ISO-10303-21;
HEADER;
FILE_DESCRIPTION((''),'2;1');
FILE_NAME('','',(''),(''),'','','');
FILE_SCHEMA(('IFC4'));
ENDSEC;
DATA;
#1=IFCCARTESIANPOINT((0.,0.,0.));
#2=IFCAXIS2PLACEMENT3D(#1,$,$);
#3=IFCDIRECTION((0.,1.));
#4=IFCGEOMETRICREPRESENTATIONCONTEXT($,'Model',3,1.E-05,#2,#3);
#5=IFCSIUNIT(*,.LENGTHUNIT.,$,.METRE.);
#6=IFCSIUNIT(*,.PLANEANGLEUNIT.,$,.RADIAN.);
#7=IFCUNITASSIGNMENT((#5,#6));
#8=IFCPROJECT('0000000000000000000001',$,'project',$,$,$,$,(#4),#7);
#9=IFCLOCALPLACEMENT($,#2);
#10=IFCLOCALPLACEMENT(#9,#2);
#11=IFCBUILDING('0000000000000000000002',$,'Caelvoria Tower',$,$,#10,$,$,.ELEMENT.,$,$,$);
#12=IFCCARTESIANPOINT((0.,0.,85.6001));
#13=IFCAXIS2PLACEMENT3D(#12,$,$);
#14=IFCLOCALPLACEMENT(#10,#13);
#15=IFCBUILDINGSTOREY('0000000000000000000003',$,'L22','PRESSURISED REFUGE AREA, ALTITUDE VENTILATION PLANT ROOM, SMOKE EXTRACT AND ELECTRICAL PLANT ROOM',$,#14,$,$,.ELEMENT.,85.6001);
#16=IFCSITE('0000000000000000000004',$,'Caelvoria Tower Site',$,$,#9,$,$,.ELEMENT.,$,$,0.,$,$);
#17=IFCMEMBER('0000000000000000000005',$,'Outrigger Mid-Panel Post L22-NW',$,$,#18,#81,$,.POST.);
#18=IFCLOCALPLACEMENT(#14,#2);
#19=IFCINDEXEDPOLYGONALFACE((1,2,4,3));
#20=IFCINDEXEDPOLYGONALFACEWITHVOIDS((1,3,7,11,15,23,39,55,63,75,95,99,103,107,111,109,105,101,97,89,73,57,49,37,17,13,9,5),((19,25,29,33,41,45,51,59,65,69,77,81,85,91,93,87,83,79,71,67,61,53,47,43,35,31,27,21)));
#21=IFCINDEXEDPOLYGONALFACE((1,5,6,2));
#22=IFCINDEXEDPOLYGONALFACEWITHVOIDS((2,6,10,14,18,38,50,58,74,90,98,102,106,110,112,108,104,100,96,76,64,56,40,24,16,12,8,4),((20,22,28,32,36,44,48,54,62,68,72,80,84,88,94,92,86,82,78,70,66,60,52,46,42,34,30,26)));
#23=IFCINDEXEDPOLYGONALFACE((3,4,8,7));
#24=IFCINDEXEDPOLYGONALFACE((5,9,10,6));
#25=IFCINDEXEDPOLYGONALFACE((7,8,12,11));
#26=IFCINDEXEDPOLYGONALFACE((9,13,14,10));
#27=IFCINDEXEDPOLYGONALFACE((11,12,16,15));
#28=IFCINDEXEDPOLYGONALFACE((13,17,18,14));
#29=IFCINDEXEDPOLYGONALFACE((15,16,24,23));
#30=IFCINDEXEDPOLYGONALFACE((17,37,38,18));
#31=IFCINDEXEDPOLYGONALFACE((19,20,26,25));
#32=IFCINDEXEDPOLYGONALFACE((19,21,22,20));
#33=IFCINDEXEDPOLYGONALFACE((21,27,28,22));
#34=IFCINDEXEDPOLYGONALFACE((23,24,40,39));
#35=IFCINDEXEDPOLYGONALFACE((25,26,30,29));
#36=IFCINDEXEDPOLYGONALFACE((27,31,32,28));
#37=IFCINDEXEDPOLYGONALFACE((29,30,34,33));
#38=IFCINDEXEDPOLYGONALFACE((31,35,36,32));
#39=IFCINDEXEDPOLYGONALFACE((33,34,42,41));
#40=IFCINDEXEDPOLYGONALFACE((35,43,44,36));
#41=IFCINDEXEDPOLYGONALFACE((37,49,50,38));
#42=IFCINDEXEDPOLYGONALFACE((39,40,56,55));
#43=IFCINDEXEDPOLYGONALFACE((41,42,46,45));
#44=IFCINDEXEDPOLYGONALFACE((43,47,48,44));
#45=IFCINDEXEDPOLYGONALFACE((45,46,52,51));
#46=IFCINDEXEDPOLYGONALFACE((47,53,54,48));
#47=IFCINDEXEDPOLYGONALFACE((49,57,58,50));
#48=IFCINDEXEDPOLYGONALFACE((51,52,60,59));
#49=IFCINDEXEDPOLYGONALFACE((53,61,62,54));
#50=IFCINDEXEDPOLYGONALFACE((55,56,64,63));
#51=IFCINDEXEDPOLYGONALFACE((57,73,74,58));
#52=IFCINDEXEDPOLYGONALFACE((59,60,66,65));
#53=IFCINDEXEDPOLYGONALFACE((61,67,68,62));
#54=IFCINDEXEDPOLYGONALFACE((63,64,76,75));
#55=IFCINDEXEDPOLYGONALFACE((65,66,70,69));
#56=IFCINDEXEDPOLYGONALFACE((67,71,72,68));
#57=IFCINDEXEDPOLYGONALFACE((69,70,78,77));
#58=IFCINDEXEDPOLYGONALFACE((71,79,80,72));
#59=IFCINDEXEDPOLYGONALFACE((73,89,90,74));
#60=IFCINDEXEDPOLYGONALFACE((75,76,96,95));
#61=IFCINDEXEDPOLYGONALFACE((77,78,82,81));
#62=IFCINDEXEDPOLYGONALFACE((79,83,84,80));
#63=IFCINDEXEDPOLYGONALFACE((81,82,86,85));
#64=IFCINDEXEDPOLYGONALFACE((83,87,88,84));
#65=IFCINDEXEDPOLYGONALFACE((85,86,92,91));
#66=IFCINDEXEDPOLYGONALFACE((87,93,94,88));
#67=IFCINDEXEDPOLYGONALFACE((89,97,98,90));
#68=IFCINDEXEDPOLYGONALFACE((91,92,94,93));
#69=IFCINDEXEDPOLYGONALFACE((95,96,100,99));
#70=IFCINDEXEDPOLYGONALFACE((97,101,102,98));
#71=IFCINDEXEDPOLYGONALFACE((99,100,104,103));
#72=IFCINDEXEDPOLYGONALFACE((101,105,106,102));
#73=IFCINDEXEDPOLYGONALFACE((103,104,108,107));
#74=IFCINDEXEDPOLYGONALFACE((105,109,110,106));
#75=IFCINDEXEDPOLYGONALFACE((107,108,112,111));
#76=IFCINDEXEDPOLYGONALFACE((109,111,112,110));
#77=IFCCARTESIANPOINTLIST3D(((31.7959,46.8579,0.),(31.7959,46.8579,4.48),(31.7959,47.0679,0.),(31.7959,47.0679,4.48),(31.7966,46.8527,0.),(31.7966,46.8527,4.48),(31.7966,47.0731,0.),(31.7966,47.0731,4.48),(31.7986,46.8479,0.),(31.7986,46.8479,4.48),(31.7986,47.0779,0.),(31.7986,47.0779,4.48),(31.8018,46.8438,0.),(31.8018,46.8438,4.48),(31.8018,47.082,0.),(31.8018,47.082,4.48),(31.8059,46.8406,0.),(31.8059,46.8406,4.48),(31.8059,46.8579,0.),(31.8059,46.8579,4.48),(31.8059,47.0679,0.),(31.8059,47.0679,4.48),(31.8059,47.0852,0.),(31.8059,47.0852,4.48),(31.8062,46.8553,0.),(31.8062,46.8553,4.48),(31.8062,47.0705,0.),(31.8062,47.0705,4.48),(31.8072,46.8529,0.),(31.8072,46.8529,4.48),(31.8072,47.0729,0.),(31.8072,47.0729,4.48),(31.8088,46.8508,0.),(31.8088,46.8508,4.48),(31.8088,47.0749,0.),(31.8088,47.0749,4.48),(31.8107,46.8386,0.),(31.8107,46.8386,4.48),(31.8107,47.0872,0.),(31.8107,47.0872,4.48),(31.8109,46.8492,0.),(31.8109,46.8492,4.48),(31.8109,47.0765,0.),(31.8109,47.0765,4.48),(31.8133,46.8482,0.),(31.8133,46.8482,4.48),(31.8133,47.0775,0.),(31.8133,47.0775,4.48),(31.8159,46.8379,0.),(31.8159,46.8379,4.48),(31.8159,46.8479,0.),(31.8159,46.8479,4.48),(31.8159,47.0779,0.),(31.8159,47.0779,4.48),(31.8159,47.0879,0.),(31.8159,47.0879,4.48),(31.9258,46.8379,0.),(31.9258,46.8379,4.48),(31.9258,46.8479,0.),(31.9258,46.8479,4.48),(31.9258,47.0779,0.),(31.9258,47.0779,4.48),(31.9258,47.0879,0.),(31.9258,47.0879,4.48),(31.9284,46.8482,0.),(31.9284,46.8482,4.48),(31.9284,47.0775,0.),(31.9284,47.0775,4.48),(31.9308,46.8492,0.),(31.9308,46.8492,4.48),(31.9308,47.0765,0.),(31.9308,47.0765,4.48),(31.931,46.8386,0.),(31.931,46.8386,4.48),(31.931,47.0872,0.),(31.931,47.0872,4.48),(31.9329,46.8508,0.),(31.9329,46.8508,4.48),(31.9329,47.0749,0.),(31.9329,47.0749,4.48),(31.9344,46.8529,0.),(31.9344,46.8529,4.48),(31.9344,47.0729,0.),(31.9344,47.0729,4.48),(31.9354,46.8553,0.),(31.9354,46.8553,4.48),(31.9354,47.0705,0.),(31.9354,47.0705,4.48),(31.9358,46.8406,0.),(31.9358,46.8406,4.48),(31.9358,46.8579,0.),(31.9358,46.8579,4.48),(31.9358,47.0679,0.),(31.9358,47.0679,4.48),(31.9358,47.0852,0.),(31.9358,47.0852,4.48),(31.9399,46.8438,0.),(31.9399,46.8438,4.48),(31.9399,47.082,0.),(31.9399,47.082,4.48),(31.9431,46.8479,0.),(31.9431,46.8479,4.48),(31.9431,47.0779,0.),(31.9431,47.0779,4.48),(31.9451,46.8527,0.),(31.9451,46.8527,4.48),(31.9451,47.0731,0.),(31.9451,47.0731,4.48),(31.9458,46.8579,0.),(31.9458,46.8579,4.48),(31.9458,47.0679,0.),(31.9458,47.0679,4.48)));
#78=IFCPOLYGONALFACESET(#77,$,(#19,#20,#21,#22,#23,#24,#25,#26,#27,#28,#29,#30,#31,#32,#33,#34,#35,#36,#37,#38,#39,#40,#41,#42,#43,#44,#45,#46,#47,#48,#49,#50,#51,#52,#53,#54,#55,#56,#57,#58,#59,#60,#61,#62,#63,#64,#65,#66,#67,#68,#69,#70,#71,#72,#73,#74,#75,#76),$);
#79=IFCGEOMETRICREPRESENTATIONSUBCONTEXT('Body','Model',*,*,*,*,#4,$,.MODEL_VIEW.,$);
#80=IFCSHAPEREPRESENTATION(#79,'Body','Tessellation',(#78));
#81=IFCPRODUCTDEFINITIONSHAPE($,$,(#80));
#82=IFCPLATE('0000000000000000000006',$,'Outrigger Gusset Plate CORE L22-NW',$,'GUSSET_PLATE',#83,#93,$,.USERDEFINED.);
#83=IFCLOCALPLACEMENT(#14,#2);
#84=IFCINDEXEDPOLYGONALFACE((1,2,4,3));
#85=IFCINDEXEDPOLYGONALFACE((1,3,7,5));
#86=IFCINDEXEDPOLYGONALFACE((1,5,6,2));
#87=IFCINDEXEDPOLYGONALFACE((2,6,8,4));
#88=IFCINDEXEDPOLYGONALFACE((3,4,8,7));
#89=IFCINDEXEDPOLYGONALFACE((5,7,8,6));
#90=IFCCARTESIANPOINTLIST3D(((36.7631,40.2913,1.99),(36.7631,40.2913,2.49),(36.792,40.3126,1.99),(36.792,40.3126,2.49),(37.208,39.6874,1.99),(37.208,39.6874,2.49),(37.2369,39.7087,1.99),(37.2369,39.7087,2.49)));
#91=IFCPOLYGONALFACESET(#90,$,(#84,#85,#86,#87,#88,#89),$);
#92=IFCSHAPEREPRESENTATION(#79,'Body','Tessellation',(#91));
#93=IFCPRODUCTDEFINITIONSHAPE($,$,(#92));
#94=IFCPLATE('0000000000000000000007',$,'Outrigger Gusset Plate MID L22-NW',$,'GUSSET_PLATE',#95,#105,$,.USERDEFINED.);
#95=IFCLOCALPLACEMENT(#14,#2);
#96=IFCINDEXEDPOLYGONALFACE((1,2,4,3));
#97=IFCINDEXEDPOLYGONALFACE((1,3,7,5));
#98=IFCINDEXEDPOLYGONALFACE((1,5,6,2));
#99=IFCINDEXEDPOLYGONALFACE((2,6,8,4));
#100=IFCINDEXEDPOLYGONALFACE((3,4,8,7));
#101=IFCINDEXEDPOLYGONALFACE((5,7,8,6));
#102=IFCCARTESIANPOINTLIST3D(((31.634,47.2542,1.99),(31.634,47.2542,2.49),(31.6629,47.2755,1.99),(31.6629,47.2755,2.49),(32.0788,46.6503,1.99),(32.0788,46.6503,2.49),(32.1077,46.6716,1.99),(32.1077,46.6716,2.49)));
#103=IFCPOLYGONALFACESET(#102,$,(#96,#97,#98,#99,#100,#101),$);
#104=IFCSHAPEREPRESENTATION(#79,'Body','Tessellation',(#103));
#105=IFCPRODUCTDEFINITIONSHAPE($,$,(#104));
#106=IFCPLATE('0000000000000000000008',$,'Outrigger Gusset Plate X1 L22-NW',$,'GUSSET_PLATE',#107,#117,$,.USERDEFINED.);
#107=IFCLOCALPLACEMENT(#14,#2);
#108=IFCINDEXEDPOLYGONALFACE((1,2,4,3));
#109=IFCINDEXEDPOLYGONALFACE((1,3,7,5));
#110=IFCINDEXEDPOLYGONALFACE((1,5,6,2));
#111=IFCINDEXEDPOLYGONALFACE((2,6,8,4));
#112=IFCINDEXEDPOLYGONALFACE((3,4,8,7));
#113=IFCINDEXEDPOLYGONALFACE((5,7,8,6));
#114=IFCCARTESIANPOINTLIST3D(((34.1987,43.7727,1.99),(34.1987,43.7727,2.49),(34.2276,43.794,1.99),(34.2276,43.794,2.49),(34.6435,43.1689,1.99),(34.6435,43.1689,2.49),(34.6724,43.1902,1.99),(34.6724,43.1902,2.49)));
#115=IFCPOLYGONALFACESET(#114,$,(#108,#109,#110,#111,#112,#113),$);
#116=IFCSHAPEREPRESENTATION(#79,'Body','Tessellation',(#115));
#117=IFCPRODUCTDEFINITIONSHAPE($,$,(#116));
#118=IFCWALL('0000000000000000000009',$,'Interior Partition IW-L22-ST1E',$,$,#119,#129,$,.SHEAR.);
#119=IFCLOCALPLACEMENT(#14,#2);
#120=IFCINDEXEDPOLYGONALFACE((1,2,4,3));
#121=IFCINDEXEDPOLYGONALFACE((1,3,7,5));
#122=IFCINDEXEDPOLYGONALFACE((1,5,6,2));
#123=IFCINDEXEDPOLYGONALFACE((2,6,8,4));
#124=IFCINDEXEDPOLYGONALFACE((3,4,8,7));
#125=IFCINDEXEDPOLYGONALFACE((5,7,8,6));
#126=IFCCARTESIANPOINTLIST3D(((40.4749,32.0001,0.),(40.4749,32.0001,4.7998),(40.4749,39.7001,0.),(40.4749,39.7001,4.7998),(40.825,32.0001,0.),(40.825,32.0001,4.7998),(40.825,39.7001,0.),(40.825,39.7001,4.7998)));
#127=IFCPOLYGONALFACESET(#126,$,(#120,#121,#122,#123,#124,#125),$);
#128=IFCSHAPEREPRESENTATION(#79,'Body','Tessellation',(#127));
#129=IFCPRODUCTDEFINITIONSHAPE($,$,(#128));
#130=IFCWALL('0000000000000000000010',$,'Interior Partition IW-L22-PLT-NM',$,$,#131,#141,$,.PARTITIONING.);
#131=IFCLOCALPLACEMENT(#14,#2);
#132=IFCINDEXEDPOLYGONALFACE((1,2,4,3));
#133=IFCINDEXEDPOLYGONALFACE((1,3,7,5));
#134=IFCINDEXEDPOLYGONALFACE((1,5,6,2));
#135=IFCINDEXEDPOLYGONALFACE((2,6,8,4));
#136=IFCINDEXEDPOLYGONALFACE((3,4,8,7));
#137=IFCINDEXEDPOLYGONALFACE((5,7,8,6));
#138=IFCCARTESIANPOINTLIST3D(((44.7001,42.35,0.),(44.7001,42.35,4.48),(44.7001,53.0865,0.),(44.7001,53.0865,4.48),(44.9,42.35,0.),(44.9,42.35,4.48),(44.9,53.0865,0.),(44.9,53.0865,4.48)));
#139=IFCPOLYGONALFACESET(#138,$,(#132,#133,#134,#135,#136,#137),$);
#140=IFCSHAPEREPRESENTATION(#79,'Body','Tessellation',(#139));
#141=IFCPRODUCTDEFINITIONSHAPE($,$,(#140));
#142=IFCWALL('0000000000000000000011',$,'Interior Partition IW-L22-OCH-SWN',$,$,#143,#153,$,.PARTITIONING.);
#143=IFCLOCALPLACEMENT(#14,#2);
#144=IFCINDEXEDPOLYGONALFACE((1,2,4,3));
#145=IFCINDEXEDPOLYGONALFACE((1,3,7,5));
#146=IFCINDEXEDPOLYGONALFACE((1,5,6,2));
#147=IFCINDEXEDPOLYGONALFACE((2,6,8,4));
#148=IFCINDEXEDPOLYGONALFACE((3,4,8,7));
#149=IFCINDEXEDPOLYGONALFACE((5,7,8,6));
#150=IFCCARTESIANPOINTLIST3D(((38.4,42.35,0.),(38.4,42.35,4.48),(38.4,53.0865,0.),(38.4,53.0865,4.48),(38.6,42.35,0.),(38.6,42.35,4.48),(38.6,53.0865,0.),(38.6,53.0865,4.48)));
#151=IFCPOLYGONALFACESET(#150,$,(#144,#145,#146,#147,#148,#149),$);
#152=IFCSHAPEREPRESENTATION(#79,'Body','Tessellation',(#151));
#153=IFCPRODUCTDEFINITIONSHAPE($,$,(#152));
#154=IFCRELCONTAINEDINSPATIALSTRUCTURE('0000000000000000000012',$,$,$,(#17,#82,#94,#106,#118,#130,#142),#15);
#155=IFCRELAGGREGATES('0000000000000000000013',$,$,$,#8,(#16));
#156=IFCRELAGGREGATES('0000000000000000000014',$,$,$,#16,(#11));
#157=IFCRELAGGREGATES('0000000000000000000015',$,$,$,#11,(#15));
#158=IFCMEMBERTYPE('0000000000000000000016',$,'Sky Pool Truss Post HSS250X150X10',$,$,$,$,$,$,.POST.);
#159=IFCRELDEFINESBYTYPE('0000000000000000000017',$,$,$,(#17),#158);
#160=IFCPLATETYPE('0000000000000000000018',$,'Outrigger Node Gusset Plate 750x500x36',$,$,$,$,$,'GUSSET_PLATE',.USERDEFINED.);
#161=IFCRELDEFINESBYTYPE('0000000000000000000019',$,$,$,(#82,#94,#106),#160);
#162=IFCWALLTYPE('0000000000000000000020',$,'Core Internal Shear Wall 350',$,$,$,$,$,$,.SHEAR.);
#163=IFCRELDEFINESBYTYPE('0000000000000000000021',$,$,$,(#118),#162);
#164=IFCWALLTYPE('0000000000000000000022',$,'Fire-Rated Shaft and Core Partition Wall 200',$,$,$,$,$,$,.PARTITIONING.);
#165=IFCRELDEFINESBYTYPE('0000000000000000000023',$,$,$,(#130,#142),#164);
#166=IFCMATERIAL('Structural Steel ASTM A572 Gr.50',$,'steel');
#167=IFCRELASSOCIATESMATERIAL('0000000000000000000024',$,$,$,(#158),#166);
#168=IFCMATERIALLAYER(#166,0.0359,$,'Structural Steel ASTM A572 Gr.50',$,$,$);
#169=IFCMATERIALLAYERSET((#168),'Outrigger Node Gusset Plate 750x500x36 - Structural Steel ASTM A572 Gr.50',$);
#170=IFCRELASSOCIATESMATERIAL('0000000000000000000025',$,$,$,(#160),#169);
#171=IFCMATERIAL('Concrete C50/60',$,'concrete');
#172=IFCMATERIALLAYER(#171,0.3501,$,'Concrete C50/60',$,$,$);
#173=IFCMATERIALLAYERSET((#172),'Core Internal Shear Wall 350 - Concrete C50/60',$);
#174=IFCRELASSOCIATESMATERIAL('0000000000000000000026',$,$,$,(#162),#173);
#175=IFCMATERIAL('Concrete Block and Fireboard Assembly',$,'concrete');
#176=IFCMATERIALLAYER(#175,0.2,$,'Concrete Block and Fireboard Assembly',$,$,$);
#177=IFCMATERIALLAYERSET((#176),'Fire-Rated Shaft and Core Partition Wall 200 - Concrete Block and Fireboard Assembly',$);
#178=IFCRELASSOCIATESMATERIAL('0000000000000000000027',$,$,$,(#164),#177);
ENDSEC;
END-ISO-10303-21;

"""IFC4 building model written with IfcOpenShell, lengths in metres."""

from ifc_helpers import new_model, si_unit, direction, frame, frame_2d, origin, origin_2d, place, context, subcontext, project, spatial, rectangle, hollow_rectangle, extrude, material, layer, layer_set, material_profile, profile_set, type_object, element, save


model = new_model("IFC4")

# Units and contexts
model_context = context("Model", 3, precision=1e-05, world=origin(), true_north=direction((0.0, 1.0)))
body_context = subcontext(model_context, "Body", "Model", "MODEL_VIEW")
ifc_project = project(units=[si_unit("LENGTHUNIT", "METRE"), si_unit("PLANEANGLEUNIT", "RADIAN")], contexts=[model_context])

# Site, building, storey
site_placement = place(None, origin())
site = spatial("IfcSite", under=ifc_project, at=site_placement, Name="Caelvoria Tower Site", CompositionType="ELEMENT", RefElevation=0.0)
building_placement = place(site_placement, origin())
building = spatial("IfcBuilding", under=site, at=building_placement, Name="Caelvoria Tower", CompositionType="ELEMENT")
storey_placement = place(building_placement, frame((0.0, 0.0, 85.6001)))
storey = spatial("IfcBuildingStorey", under=building, at=storey_placement, Name="L22", Description="PRESSURISED REFUGE AREA, ALTITUDE VENTILATION PLANT ROOM, SMOKE EXTRACT AND ELECTRICAL PLANT ROOM", CompositionType="ELEMENT", Elevation=85.6001)

# Shared definitions
ifc_material_1 = material(Name="Structural Steel ASTM A572 Gr.50", Category="steel")

# Member
ifc_material_profile_1 = material_profile(ifc_material_1, hollow_rectangle(XDim=0.1499, YDim=0.25, WallThickness=0.01, InnerFilletRadius=0.01, OuterFilletRadius=0.02, at=origin_2d()), Name="Structural Steel ASTM A572 Gr.50")
ifc_profile_set_1 = profile_set([ifc_material_profile_1], Name="HSS250X150X10 - Structural Steel ASTM A572 Gr.50")
member_type_1 = type_object("IfcMemberType", Name="Sky Pool Truss Post HSS250X150X10", PredefinedType="POST", material=ifc_profile_set_1)
member_1_placement = place(storey_placement, frame((31.8708, 46.9629, 0.0), z_axis=(0.0, 0.0, 1.0), x_axis=(1.0, 0.0, 0.0)))
element("IfcMember", 1, at=member_1_placement, inside=storey, type_object=member_type_1, Name="Outrigger Mid-Panel Post L22-NW", PredefinedType="POST", context=body_context, shape_type="SweptSolid", body=[
    extrude(hollow_rectangle(XDim=0.1499, YDim=0.25, WallThickness=0.01, InnerFilletRadius=0.01, OuterFilletRadius=0.02, at=origin_2d()), origin(), (0.0, 0.0, 1.0), 4.48),
])

# Plates
ifc_layer_1 = layer(ifc_material_1, 0.0359, Name="Structural Steel ASTM A572 Gr.50")
ifc_layer_set_1 = layer_set([ifc_layer_1], Name="Outrigger Node Gusset Plate 750x500x36 - Structural Steel ASTM A572 Gr.50")
plate_type = type_object("IfcPlateType", Name="Outrigger Node Gusset Plate 750x500x36", ElementType="GUSSET_PLATE", PredefinedType="USERDEFINED", material=ifc_layer_set_1)
for number, where, z_axis, x_axis, name in (
    (2, (37.0, 40.0, 1.99), (0.0, 0.0, 1.0), (-0.593093, 0.805134, 0.0), "Outrigger Gusset Plate CORE L22-NW"),
    (3, (31.8708, 46.9629, 1.99), (0.0, 0.0, 1.0), (-0.593093, 0.805134, 0.0), "Outrigger Gusset Plate MID L22-NW"),
    (4, (34.4355, 43.4814, 1.99), (0.0, 0.0, 1.0), (-0.593093, 0.805134, 0.0), "Outrigger Gusset Plate X1 L22-NW"),
):
    element("IfcPlate", number, at=place(storey_placement, frame(where, z_axis=z_axis, x_axis=x_axis)), inside=storey, type_object=plate_type, Name=name, ObjectType="GUSSET_PLATE", PredefinedType="USERDEFINED", context=body_context, shape_type="SweptSolid", body=[
        extrude(rectangle(XDim=0.75, YDim=0.0359, at=origin_2d()), origin(), (0.0, 0.0, 1.0), 0.5),
    ])

# Walls
ifc_material_2 = material(Name="Concrete C50/60", Category="concrete")
ifc_layer_2 = layer(ifc_material_2, 0.3501, Name="Concrete C50/60")
ifc_layer_set_2 = layer_set([ifc_layer_2], Name="Core Internal Shear Wall 350 - Concrete C50/60")
wall_type_1 = type_object("IfcWallType", Name="Core Internal Shear Wall 350", PredefinedType="SHEAR", material=ifc_layer_set_2)
wall_1_placement = place(storey_placement, frame((40.6499, 32.0, 0.0), z_axis=(0.0, 0.0, 1.0), x_axis=(0.0, 1.0, 0.0)))
element("IfcWall", 5, at=wall_1_placement, inside=storey, type_object=wall_type_1, Name="Interior Partition IW-L22-ST1E", PredefinedType="SHEAR", context=body_context, shape_type="SweptSolid", body=[
    extrude(rectangle(XDim=7.7, YDim=0.3501, at=frame_2d((3.8501, 0.0))), origin(), (0.0, 0.0, 1.0), 4.7998),
])
ifc_material_3 = material(Name="Concrete Block and Fireboard Assembly", Category="concrete")
ifc_layer_3 = layer(ifc_material_3, 0.2, Name="Concrete Block and Fireboard Assembly")
ifc_layer_set_3 = layer_set([ifc_layer_3], Name="Fire-Rated Shaft and Core Partition Wall 200 - Concrete Block and Fireboard Assembly")
wall_type_2 = type_object("IfcWallType", Name="Fire-Rated Shaft and Core Partition Wall 200", PredefinedType="PARTITIONING", material=ifc_layer_set_3)
for number, where, z_axis, x_axis, name in (
    (6, (44.8, 42.3501, 0.0), (0.0, 0.0, 1.0), (0.0, 1.0, 0.0), "Interior Partition IW-L22-PLT-NM"),
    (7, (38.5, 42.3501, 0.0), (0.0, 0.0, 1.0), (0.0, 1.0, 0.0), "Interior Partition IW-L22-OCH-SWN"),
):
    element("IfcWall", number, at=place(storey_placement, frame(where, z_axis=z_axis, x_axis=x_axis)), inside=storey, type_object=wall_type_2, Name=name, PredefinedType="PARTITIONING", context=body_context, shape_type="SweptSolid", body=[
        extrude(rectangle(XDim=10.7366, YDim=0.2, at=frame_2d((5.3682, 0.0))), origin(), (0.0, 0.0, 1.0), 4.48),
    ])

save(model, "model.ifc")
